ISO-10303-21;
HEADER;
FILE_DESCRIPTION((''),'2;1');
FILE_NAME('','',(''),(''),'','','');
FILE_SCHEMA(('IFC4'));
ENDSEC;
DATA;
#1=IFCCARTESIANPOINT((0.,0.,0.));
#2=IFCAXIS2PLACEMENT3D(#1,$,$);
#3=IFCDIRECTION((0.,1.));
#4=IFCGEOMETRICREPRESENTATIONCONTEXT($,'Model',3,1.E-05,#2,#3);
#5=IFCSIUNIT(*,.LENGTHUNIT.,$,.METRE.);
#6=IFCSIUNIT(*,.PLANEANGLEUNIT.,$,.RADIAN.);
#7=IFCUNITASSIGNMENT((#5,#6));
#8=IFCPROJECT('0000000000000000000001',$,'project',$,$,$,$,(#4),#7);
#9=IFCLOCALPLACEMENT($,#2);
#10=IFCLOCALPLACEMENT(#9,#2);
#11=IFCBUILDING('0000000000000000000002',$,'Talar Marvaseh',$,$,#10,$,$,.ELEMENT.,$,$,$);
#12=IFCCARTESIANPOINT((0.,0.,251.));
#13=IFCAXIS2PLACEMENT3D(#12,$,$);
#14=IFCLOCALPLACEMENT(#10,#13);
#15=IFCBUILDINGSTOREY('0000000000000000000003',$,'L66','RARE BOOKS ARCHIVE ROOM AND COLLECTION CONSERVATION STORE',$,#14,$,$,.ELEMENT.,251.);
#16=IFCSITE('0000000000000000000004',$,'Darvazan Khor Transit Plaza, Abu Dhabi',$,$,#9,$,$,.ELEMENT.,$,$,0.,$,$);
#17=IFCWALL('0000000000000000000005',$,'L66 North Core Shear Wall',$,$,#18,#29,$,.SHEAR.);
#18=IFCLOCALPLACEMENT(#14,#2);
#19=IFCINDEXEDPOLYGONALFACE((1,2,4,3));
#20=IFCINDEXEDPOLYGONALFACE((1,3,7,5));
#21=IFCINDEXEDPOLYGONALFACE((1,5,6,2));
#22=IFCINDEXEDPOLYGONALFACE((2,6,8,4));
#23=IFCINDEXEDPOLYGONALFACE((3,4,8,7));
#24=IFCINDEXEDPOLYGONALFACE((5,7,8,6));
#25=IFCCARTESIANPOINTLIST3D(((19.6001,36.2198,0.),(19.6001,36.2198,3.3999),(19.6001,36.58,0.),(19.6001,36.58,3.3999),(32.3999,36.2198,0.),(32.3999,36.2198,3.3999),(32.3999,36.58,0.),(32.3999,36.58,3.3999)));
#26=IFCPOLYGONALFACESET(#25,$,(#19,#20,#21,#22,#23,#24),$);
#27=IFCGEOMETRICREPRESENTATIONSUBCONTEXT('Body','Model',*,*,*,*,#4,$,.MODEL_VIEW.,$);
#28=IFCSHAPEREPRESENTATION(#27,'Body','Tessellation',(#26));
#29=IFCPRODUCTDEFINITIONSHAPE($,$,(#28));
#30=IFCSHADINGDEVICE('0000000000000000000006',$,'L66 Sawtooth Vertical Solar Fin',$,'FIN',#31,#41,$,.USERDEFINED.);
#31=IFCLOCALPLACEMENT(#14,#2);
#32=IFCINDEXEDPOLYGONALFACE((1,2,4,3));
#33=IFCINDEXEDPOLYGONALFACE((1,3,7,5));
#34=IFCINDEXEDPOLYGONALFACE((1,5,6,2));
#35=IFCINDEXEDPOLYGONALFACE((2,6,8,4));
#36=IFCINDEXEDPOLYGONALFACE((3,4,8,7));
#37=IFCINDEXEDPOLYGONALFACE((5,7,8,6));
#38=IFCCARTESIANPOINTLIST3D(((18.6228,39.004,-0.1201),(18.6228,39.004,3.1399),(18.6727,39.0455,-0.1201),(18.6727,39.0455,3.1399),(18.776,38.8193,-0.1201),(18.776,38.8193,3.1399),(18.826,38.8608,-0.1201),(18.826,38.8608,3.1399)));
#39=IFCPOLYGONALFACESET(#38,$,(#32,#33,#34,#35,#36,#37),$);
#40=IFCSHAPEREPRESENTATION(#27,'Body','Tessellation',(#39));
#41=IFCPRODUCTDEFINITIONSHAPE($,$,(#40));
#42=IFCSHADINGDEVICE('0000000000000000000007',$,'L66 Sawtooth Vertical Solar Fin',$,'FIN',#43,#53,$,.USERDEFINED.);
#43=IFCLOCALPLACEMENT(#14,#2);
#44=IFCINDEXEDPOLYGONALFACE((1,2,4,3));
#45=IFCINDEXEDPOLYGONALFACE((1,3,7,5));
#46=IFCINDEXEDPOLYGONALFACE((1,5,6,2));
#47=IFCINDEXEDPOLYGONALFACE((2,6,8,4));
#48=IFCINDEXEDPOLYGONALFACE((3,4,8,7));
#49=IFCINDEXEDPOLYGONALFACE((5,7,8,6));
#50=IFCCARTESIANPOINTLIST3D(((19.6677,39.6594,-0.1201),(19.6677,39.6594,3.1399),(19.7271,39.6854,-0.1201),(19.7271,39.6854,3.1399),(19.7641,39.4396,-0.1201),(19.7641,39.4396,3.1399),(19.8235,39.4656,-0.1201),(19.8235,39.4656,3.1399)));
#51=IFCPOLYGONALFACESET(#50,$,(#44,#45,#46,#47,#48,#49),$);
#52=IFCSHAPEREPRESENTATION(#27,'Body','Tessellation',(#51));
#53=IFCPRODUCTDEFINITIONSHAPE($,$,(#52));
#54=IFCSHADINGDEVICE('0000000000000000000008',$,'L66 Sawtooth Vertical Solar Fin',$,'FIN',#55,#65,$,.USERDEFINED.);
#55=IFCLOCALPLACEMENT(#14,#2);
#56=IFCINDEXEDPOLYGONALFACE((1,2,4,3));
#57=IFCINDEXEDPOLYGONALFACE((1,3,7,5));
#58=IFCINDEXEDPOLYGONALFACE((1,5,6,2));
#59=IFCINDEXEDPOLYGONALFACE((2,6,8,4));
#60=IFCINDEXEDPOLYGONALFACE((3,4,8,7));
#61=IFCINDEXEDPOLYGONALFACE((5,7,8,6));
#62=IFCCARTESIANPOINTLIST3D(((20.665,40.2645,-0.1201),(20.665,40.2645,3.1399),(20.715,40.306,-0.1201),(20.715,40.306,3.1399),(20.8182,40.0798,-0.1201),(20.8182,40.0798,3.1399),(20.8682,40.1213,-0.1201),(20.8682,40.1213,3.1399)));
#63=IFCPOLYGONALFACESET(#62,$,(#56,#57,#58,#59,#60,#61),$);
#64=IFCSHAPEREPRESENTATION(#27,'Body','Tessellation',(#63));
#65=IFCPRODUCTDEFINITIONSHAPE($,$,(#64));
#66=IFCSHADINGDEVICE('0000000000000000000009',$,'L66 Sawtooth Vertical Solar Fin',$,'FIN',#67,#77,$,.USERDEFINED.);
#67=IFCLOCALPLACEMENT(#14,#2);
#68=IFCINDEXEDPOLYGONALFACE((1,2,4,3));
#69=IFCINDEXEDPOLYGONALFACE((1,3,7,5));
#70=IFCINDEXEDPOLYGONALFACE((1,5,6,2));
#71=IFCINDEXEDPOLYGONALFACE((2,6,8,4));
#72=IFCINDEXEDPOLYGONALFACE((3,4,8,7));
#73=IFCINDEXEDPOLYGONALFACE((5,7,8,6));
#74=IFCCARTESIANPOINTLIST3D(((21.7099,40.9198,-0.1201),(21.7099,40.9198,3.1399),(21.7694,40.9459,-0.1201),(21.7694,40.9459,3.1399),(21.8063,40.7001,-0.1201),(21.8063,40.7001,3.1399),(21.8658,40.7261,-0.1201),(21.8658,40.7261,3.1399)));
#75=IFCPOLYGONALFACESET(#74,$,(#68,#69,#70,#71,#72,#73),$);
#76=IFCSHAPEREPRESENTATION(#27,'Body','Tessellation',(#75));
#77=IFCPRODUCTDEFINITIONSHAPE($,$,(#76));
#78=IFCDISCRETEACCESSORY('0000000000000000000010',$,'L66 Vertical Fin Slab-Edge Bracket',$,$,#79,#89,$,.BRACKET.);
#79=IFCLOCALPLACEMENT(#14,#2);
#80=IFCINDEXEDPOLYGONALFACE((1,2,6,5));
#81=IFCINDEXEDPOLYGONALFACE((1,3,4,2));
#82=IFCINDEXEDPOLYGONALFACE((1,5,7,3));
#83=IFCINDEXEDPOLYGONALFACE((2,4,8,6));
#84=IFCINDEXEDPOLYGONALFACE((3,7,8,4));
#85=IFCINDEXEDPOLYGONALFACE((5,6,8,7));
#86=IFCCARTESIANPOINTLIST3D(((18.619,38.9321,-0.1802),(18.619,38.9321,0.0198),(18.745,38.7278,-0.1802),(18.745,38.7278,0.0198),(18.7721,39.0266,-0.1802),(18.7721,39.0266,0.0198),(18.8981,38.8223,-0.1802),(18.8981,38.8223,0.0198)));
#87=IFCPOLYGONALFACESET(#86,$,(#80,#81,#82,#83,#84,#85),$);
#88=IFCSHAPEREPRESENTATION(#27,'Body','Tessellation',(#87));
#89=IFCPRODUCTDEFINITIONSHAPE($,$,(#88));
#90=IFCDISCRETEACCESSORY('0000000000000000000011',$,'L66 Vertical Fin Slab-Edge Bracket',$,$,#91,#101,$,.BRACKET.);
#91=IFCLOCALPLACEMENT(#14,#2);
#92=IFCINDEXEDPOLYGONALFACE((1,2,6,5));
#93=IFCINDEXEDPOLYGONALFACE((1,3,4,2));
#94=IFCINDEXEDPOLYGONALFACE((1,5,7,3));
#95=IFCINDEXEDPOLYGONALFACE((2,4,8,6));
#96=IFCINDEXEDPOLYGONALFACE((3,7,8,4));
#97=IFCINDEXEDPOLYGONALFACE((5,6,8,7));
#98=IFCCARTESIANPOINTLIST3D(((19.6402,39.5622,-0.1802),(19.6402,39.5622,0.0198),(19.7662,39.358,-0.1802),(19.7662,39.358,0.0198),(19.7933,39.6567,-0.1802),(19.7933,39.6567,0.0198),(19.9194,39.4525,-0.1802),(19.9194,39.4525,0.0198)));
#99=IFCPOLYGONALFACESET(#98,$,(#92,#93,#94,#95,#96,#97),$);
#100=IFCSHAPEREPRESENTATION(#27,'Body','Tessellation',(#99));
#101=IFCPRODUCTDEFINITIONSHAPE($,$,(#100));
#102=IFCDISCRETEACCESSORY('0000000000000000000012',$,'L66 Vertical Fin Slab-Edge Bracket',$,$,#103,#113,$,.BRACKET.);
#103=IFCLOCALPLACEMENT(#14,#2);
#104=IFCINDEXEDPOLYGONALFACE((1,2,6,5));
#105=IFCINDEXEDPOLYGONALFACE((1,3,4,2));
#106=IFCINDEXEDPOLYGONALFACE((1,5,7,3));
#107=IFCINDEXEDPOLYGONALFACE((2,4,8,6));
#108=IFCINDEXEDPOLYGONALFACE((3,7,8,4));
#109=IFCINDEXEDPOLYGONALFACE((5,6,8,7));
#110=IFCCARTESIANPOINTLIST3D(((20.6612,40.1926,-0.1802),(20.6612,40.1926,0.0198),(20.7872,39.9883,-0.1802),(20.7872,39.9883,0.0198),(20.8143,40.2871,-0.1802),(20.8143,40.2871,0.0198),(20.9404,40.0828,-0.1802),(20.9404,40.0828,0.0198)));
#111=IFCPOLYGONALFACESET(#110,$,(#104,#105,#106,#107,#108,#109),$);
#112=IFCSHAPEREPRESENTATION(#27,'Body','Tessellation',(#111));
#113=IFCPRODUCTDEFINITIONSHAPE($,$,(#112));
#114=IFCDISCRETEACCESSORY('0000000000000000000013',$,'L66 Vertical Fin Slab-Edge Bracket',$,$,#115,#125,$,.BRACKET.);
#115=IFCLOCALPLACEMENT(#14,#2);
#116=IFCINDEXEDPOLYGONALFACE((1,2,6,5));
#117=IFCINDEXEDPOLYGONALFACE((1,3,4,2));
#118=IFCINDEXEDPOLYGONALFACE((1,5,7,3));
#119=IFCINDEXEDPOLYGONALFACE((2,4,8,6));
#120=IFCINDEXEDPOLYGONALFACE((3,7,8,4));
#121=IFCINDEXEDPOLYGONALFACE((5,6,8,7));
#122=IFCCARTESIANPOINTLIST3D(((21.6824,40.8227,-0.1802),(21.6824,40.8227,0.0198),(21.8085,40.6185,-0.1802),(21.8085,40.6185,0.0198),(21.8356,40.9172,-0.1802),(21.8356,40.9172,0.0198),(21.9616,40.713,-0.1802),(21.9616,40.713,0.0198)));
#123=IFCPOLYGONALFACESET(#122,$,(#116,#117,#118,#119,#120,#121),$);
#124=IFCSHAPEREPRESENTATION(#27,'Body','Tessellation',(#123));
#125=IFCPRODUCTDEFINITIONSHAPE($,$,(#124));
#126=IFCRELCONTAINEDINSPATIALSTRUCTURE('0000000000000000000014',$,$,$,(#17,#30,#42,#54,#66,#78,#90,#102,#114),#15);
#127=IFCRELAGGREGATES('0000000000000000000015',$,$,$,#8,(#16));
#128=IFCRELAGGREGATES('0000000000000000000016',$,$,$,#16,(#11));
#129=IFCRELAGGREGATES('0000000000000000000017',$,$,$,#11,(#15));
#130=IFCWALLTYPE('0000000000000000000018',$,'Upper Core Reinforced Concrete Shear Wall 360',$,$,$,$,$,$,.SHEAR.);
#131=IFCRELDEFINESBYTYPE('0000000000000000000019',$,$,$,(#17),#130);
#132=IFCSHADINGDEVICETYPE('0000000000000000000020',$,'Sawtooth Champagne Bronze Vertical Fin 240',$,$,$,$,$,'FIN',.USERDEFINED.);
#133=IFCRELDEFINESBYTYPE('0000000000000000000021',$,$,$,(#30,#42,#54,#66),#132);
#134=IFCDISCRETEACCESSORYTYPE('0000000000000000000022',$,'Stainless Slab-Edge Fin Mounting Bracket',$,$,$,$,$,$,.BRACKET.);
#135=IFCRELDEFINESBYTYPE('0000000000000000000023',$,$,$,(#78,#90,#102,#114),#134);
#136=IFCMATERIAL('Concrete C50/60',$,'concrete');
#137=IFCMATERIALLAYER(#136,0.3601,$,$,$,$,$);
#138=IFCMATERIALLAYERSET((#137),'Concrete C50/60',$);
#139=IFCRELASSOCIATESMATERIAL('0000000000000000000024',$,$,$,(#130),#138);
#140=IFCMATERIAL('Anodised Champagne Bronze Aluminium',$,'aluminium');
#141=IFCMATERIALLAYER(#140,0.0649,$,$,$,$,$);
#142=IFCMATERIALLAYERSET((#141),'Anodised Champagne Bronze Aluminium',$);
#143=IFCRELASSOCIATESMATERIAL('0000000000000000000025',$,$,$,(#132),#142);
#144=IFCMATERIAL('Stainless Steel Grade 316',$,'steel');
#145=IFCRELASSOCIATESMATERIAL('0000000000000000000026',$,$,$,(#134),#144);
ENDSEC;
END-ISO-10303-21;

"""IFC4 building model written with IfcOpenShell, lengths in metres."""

from ifc_helpers import new_model, si_unit, direction, frame, frame_2d, origin, origin_2d, place, context, subcontext, project, spatial, rectangle, extrude, source, transform, mapped, material, layer, layer_set, type_object, type_shapes, element, save


model = new_model("IFC4")

# Units and contexts
model_context = context("Model", 3, precision=1e-05, world=origin(), true_north=direction((0.0, 1.0)))
body_context = subcontext(model_context, "Body", "Model", "MODEL_VIEW")
ifc_project = project(units=[si_unit("LENGTHUNIT", "METRE"), si_unit("PLANEANGLEUNIT", "RADIAN")], contexts=[model_context])

# Site, building, storey
site_placement = place(None, origin())
site = spatial("IfcSite", under=ifc_project, at=site_placement, Name="Darvazan Khor Transit Plaza, Abu Dhabi", CompositionType="ELEMENT", RefElevation=0.0)
building_placement = place(site_placement, origin())
building = spatial("IfcBuilding", under=site, at=building_placement, Name="Talar Marvaseh", CompositionType="ELEMENT")
storey_placement = place(building_placement, frame((0.0, 0.0, 251.0)))
storey = spatial("IfcBuildingStorey", under=building, at=storey_placement, Name="L66", Description="RARE BOOKS ARCHIVE ROOM AND COLLECTION CONSERVATION STORE", CompositionType="ELEMENT", Elevation=251.0)

# Shared definitions
ifc_material_1 = material(Name="Concrete C50/60", Category="concrete")

# Wall
ifc_layer_1 = layer(ifc_material_1, 0.3601)
ifc_layer_set_1 = layer_set([ifc_layer_1], Name="Concrete C50/60")
wall_type = type_object("IfcWallType", Name="Upper Core Reinforced Concrete Shear Wall 360", PredefinedType="SHEAR", material=ifc_layer_set_1)
wall_placement = place(storey_placement, frame((19.6001, 36.3999, 0.0), z_axis=(0.0, 0.0, 1.0), x_axis=(1.0, 0.0, 0.0)))
element("IfcWall", 1, at=wall_placement, inside=storey, type_object=wall_type, Name="L66 North Core Shear Wall", PredefinedType="SHEAR", context=body_context, shape_type="SweptSolid", body=[
    extrude(rectangle(XDim=12.7998, YDim=0.3601, at=frame_2d((6.3999, 0.0))), origin(), (0.0, 0.0, 1.0), 3.3999),
])

# Shading devices
ifc_material_2 = material(Name="Anodised Champagne Bronze Aluminium", Category="aluminium")
ifc_layer_2 = layer(ifc_material_2, 0.0649)
ifc_layer_set_2 = layer_set([ifc_layer_2], Name="Anodised Champagne Bronze Aluminium")
shading_device_type = type_object("IfcShadingDeviceType", Name="Sawtooth Champagne Bronze Vertical Fin 240", ElementType="FIN", PredefinedType="USERDEFINED", material=ifc_layer_set_2)
shared_shape_1 = source(origin(), body_context, "Body", "SweptSolid", [
    extrude(rectangle(XDim=0.24, YDim=0.0649, at=origin_2d()), origin(), (0.0, 0.0, 1.0), 3.26),
])
type_shapes(shading_device_type, [shared_shape_1])
for number, where, z_axis, x_axis, name in (
    (2, (18.7244, 38.9324, -0.1201), (0.0, 0.0, 1.0), (-0.638499, 0.769622, 0.0), "L66 Sawtooth Vertical Solar Fin"),
    (3, (19.7456, 39.5625, -0.1201), (0.0, 0.0, 1.0), (-0.401628, 0.915803, 0.0), "L66 Sawtooth Vertical Solar Fin"),
    (4, (20.7666, 40.1929, -0.1201), (0.0, 0.0, 1.0), (-0.638499, 0.769622, 0.0), "L66 Sawtooth Vertical Solar Fin"),
    (5, (21.7878, 40.823, -0.1201), (0.0, 0.0, 1.0), (-0.401628, 0.915803, 0.0), "L66 Sawtooth Vertical Solar Fin"),
):
    element("IfcShadingDevice", number, at=place(storey_placement, frame(where, z_axis=z_axis, x_axis=x_axis)), inside=storey, type_object=shading_device_type, Name=name, ObjectType="FIN", PredefinedType="USERDEFINED", context=body_context, shape_type="MappedRepresentation", body=[
        mapped(shared_shape_1, transform((0.0, 0.0, 0.0), x_axis=(1.0, 0.0, 0.0), y_axis=(0.0, 1.0, 0.0), z_axis=(0.0, 0.0, 1.0), scale=1.0)),
    ])

# Discrete accessories
ifc_material_3 = material(Name="Stainless Steel Grade 316", Category="steel")
discrete_accessory_type = type_object("IfcDiscreteAccessoryType", Name="Stainless Slab-Edge Fin Mounting Bracket", PredefinedType="BRACKET", material=ifc_material_3)
shared_shape_2 = source(origin(), body_context, "Body", "SweptSolid", [
    extrude(rectangle(XDim=0.24, YDim=0.1799, at=origin_2d()), origin(), (0.0, 0.0, 1.0), 0.2),
])
type_shapes(discrete_accessory_type, [shared_shape_2])
for number, where, z_axis, x_axis, name in (
    (6, (18.7585, 38.8772, -0.1802), (0.0, 0.0, 1.0), (-0.525175, 0.850994, 0.0), "L66 Vertical Fin Slab-Edge Bracket"),
    (7, (19.7798, 39.5073, -0.1802), (0.0, 0.0, 1.0), (-0.525175, 0.850994, 0.0), "L66 Vertical Fin Slab-Edge Bracket"),
    (8, (20.8008, 40.1377, -0.1802), (0.0, 0.0, 1.0), (-0.525175, 0.850994, 0.0), "L66 Vertical Fin Slab-Edge Bracket"),
    (9, (21.822, 40.7678, -0.1802), (0.0, 0.0, 1.0), (-0.525175, 0.850994, 0.0), "L66 Vertical Fin Slab-Edge Bracket"),
):
    element("IfcDiscreteAccessory", number, at=place(storey_placement, frame(where, z_axis=z_axis, x_axis=x_axis)), inside=storey, type_object=discrete_accessory_type, Name=name, PredefinedType="BRACKET", context=body_context, shape_type="MappedRepresentation", body=[
        mapped(shared_shape_2, transform((0.0, 0.0, 0.0), x_axis=(1.0, 0.0, 0.0), y_axis=(0.0, 1.0, 0.0), z_axis=(0.0, 0.0, 1.0), scale=1.0)),
    ])

save(model, "model.ifc")
